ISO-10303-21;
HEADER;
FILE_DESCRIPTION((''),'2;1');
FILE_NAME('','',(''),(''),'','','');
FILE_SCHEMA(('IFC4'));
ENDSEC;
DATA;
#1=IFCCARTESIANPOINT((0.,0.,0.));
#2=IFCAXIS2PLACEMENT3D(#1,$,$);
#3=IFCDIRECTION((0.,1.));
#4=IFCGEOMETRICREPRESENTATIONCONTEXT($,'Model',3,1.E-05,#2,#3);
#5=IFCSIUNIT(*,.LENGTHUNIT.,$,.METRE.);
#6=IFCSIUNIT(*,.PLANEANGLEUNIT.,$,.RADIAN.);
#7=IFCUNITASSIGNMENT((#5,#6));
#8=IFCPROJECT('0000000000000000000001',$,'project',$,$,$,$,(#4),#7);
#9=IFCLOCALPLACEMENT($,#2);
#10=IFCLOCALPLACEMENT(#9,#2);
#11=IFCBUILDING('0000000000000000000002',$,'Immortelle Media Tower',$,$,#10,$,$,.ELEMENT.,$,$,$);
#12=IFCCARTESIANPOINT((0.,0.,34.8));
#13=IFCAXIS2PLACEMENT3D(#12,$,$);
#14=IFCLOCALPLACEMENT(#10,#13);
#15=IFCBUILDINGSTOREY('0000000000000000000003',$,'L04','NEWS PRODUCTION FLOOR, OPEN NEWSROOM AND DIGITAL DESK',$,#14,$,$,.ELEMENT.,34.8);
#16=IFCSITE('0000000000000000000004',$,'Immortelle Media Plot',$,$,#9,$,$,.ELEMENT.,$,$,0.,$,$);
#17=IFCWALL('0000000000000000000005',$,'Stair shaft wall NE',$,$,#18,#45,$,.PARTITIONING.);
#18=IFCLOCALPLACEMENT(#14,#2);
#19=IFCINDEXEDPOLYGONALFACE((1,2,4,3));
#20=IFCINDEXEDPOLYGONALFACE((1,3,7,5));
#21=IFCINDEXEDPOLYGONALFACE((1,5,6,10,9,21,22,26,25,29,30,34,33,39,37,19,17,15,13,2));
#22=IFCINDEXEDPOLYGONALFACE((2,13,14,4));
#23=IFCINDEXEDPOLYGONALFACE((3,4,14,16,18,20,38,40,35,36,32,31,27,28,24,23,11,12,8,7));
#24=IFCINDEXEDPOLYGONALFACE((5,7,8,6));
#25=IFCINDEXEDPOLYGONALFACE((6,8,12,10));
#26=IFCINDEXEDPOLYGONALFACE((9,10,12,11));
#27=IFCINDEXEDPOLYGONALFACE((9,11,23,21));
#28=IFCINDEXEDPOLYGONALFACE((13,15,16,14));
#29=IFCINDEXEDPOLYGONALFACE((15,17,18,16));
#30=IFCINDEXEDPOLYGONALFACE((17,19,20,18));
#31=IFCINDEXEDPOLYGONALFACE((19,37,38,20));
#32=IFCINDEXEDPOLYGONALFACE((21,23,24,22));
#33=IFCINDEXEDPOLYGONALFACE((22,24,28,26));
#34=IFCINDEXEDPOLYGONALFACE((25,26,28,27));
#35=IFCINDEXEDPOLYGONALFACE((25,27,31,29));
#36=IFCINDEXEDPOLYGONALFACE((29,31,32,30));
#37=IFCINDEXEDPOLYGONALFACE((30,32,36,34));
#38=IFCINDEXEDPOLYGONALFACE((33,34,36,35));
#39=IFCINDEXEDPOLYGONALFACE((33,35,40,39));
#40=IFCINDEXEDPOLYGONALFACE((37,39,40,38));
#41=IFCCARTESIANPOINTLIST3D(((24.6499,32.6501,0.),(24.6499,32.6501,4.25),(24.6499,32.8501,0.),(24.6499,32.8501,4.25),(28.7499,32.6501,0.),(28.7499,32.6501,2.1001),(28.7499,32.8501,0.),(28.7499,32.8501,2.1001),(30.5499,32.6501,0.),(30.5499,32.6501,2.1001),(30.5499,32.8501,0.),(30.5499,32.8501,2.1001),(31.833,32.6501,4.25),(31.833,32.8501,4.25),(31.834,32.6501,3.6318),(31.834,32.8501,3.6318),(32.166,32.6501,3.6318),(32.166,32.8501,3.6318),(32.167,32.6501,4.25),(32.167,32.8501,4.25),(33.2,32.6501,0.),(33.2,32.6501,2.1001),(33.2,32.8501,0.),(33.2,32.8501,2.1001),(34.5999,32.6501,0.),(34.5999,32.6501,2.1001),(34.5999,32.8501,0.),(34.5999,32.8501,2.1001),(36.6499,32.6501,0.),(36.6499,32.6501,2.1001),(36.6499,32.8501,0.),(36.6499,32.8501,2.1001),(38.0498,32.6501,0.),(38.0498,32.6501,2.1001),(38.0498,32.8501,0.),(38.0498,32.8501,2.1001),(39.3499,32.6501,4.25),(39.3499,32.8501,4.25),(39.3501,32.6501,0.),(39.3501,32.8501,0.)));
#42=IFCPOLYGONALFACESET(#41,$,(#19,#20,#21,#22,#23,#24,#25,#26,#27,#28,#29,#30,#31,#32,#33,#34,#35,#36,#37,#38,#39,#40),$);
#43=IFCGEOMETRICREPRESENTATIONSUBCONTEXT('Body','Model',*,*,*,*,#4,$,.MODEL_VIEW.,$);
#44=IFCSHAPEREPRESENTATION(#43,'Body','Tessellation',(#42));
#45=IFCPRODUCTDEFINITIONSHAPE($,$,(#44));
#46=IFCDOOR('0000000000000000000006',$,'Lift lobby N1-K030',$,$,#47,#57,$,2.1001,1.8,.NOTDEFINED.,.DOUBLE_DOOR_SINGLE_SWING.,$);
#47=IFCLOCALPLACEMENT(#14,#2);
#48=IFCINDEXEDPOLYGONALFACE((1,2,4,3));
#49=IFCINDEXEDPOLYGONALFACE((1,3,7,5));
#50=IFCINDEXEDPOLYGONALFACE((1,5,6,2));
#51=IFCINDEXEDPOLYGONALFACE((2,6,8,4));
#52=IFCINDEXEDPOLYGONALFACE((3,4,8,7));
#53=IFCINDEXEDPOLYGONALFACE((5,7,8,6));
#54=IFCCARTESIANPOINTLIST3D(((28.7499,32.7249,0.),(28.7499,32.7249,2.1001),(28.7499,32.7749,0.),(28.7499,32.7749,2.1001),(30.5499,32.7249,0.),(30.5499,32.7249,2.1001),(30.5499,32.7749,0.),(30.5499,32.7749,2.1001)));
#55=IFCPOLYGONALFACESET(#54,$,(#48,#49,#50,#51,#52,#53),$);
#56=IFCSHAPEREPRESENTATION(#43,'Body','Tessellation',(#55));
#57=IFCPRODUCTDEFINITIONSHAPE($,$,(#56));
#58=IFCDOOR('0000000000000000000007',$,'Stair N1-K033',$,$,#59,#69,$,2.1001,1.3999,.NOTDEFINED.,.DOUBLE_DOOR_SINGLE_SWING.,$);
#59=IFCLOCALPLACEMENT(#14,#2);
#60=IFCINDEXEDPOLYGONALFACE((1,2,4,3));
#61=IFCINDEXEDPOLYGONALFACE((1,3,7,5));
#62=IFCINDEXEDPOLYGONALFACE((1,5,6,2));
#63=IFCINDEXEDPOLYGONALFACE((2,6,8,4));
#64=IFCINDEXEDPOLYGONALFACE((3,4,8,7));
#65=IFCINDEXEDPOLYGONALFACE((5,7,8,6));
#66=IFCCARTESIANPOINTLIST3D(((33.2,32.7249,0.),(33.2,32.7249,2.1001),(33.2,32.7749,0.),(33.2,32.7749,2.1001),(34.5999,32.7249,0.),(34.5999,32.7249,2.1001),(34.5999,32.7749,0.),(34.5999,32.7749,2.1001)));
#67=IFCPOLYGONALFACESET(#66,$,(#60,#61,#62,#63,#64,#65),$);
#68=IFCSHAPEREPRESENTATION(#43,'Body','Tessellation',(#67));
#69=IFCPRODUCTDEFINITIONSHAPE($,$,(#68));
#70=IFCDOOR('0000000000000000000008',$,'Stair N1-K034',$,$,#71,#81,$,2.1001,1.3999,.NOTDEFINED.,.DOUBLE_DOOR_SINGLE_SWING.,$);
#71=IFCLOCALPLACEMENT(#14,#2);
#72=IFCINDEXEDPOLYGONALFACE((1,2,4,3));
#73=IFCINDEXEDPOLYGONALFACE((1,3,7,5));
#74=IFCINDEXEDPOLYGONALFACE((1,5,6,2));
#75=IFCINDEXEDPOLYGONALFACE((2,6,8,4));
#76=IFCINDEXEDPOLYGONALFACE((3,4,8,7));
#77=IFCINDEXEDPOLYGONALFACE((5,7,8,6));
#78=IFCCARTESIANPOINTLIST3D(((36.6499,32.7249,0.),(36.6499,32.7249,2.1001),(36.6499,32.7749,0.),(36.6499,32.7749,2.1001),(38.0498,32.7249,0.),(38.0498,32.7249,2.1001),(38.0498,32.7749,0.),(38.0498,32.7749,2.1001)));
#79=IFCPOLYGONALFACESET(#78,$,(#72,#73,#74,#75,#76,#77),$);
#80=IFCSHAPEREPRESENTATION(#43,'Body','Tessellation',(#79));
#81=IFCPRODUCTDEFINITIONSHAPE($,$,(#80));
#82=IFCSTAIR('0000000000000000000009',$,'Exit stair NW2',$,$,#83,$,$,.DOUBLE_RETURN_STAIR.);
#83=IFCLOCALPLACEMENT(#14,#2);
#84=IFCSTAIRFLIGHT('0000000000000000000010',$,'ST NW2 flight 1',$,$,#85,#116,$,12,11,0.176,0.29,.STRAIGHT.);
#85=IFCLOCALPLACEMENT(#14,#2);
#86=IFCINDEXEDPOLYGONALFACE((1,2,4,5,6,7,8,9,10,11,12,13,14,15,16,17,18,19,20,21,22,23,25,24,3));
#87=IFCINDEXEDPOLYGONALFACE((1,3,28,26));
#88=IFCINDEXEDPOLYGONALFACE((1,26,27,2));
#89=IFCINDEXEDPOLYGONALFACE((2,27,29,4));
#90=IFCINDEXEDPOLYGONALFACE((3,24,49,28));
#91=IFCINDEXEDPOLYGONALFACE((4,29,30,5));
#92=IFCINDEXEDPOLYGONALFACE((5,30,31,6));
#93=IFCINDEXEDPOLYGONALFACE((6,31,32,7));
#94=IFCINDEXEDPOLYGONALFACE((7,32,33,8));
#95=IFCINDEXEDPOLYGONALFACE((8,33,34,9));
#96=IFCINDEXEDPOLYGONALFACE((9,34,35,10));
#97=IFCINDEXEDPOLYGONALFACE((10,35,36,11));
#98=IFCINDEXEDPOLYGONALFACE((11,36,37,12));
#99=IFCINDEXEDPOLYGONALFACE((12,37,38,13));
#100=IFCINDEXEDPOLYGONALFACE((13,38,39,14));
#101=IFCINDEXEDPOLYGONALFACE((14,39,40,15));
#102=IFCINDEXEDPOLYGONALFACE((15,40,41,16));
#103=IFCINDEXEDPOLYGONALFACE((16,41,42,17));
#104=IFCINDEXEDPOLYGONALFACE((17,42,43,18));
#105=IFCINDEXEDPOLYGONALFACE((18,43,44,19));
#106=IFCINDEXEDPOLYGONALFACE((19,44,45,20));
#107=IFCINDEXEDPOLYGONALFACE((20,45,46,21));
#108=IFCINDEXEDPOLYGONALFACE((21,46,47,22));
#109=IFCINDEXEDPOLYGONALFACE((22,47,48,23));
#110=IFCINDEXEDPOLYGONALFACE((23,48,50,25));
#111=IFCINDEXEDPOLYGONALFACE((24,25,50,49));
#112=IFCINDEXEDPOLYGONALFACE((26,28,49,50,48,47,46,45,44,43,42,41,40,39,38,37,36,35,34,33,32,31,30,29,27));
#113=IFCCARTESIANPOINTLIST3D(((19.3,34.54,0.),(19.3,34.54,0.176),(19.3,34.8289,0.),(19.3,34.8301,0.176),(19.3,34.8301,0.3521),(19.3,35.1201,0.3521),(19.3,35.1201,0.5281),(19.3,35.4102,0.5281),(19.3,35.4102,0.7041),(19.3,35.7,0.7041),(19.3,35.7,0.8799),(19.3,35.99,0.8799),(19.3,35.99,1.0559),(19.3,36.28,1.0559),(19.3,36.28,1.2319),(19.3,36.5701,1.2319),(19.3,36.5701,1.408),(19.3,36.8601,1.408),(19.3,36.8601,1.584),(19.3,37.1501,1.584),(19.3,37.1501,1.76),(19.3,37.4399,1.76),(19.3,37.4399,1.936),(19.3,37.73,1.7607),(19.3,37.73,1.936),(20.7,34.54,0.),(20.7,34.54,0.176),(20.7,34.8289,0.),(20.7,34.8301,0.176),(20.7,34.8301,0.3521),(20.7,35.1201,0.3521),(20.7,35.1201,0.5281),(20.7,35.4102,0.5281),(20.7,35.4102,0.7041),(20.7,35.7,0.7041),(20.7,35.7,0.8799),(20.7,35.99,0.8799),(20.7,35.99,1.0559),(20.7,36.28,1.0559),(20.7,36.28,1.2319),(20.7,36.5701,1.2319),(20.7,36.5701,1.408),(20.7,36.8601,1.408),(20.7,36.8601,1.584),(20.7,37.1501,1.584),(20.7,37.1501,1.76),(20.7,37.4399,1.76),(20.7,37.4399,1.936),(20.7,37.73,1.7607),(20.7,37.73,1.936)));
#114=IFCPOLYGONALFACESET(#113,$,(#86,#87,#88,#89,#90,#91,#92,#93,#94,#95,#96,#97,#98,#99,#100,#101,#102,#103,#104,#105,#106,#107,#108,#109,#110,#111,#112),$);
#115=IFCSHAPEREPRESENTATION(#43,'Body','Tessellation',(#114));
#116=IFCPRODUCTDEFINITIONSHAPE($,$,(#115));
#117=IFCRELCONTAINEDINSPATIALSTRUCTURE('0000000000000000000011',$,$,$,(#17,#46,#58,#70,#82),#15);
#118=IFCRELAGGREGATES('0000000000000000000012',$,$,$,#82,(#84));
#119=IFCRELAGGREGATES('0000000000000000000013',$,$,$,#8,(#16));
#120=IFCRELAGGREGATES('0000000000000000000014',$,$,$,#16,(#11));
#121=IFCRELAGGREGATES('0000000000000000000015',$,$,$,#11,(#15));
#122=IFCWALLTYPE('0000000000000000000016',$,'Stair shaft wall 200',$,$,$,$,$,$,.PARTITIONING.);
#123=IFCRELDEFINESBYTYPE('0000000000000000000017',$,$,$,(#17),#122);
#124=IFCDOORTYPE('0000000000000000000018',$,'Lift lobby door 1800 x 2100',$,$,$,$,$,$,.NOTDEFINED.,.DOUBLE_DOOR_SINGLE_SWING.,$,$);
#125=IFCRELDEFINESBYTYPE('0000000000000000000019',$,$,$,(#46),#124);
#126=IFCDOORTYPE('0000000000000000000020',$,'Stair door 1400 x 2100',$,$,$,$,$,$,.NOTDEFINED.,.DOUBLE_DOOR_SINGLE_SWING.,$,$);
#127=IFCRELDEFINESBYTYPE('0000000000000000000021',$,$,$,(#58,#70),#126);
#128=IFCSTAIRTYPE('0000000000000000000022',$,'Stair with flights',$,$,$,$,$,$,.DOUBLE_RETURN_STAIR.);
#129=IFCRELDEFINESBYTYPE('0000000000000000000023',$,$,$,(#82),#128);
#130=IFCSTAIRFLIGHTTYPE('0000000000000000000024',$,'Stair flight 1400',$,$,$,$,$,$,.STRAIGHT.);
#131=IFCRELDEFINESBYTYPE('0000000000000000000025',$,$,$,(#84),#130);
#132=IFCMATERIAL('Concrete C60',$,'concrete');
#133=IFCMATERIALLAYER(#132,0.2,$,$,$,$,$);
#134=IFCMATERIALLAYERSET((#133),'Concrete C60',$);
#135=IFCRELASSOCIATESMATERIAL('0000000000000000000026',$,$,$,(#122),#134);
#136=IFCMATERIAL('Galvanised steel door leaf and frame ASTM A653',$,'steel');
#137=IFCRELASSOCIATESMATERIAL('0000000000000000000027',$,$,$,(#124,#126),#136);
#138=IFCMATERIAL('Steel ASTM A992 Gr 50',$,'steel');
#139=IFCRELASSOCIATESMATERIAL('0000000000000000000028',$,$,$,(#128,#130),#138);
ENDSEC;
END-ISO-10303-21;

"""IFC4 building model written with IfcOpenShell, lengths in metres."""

from ifc_helpers import new_model, si_unit, direction, frame, frame_2d, origin, place, context, subcontext, project, spatial, polyline, rectangle, outline, extrude, material, layer, layer_set, type_object, element, fill, aggregate, save


model = new_model("IFC4")

# Units and contexts
model_context = context("Model", 3, precision=1e-05, world=origin(), true_north=direction((0.0, 1.0)))
body_context = subcontext(model_context, "Body", "Model", "MODEL_VIEW")
ifc_project = project(units=[si_unit("LENGTHUNIT", "METRE"), si_unit("PLANEANGLEUNIT", "RADIAN")], contexts=[model_context])

# Site, building, storey
site_placement = place(None, origin())
site = spatial("IfcSite", under=ifc_project, at=site_placement, Name="Immortelle Media Plot", CompositionType="ELEMENT", RefElevation=0.0)
building_placement = place(site_placement, origin())
building = spatial("IfcBuilding", under=site, at=building_placement, Name="Immortelle Media Tower", CompositionType="ELEMENT")
storey_placement = place(building_placement, frame((0.0, 0.0, 34.8)))
storey = spatial("IfcBuildingStorey", under=building, at=storey_placement, Name="L04", Description="NEWS PRODUCTION FLOOR, OPEN NEWSROOM AND DIGITAL DESK", CompositionType="ELEMENT", Elevation=34.8)

# Shared definitions
ifc_material_1 = material(Name="Steel ASTM A992 Gr 50", Category="steel")

# Shared definitions
ifc_material_2 = material(Name="Concrete C60", Category="concrete")
ifc_layer_1 = layer(ifc_material_2, 0.2)
ifc_layer_set_1 = layer_set([ifc_layer_1], Name="Concrete C60")
wall_type_1 = type_object("IfcWallType", Name="Stair shaft wall 200", PredefinedType="PARTITIONING", material=ifc_layer_set_1)

# Wall, openings, doors
wall_1_placement = place(storey_placement, frame((24.6499, 32.75, 0.0), z_axis=(0.0, 0.0, 1.0), x_axis=(1.0, 0.0, 0.0)))
wall_1 = element("IfcWall", 1, at=wall_1_placement, inside=storey, type_object=wall_type_1, Name="Stair shaft wall NE", PredefinedType="PARTITIONING", context=body_context, shape_type="SweptSolid", body=[
    extrude(outline(polyline([(0.0, 0.0), (14.7002, 0.0), (14.7, 4.25), (7.5171, 4.25), (7.5161, 3.6318), (7.1841, 3.6318), (7.1831, 4.25), (0.0, 4.25), (0.0, 0.0)])), frame((0.0, 0.1001, 0.0), z_axis=(0.0, -1.0, 0.0), x_axis=(1.0, 0.0, 0.0)), (0.0, 0.0, 1.0), 0.2),
])
opening_1_placement = place(wall_1_placement, frame((4.1001, 0.0, 0.0)))
opening_1 = element("IfcOpeningElement", 2, at=opening_1_placement, cuts=wall_1, PredefinedType="OPENING", context=body_context, shape_type="SweptSolid", body=[
    extrude(rectangle(XDim=1.8, YDim=2.1001, at=frame_2d((0.8999, 1.05))), frame((0.0, 0.1099, 0.0), z_axis=(0.0, -1.0, 0.0), x_axis=(1.0, 0.0, 0.0)), (0.0, 0.0, 1.0), 0.22),
])
opening_2_placement = place(wall_1_placement, frame((8.55, 0.0, 0.0)))
opening_2 = element("IfcOpeningElement", 3, at=opening_2_placement, cuts=wall_1, PredefinedType="OPENING", context=body_context, shape_type="SweptSolid", body=[
    extrude(rectangle(XDim=1.3999, YDim=2.1001, at=frame_2d((0.7, 1.05))), frame((0.0, 0.1099, 0.0), z_axis=(0.0, -1.0, 0.0), x_axis=(1.0, 0.0, 0.0)), (0.0, 0.0, 1.0), 0.22),
])
opening_3_placement = place(wall_1_placement, frame((12.0, 0.0, 0.0)))
opening_3 = element("IfcOpeningElement", 4, at=opening_3_placement, cuts=wall_1, PredefinedType="OPENING", context=body_context, shape_type="SweptSolid", body=[
    extrude(rectangle(XDim=1.3999, YDim=2.1001, at=frame_2d((0.7, 1.05))), frame((0.0, 0.1099, 0.0), z_axis=(0.0, -1.0, 0.0), x_axis=(1.0, 0.0, 0.0)), (0.0, 0.0, 1.0), 0.22),
])
ifc_material_3 = material(Name="Galvanised steel door leaf and frame ASTM A653", Category="steel")
door_type_1 = type_object("IfcDoorType", Name="Lift lobby door 1800 x 2100", OperationType="DOUBLE_DOOR_SINGLE_SWING", PredefinedType="NOTDEFINED", material=ifc_material_3)
door_1_placement = place(opening_1_placement, origin())
door_1 = element("IfcDoor", 5, at=door_1_placement, inside=storey, type_object=door_type_1, Name="Lift lobby N1-K030", OperationType="DOUBLE_DOOR_SINGLE_SWING", OverallHeight=2.1001, OverallWidth=1.8, PredefinedType="NOTDEFINED", context=body_context, shape_type="SweptSolid", body=[
    extrude(rectangle(XDim=1.8, YDim=2.1001, at=frame_2d((0.8999, 1.05))), frame((0.0, 0.0249, 0.0), z_axis=(0.0, -1.0, 0.0), x_axis=(1.0, 0.0, 0.0)), (0.0, 0.0, 1.0), 0.05),
])
fill(opening_1, door_1)
door_type_2 = type_object("IfcDoorType", Name="Stair door 1400 x 2100", OperationType="DOUBLE_DOOR_SINGLE_SWING", PredefinedType="NOTDEFINED", material=ifc_material_3)
door_2_placement = place(opening_2_placement, origin())
door_2 = element("IfcDoor", 6, at=door_2_placement, inside=storey, type_object=door_type_2, Name="Stair N1-K033", OperationType="DOUBLE_DOOR_SINGLE_SWING", OverallHeight=2.1001, OverallWidth=1.3999, PredefinedType="NOTDEFINED", context=body_context, shape_type="SweptSolid", body=[
    extrude(rectangle(XDim=1.3999, YDim=2.1001, at=frame_2d((0.7, 1.05))), frame((0.0, 0.0249, 0.0), z_axis=(0.0, -1.0, 0.0), x_axis=(1.0, 0.0, 0.0)), (0.0, 0.0, 1.0), 0.05),
])
fill(opening_2, door_2)
door_3_placement = place(opening_3_placement, origin())
door_3 = element("IfcDoor", 7, at=door_3_placement, inside=storey, type_object=door_type_2, Name="Stair N1-K034", OperationType="DOUBLE_DOOR_SINGLE_SWING", OverallHeight=2.1001, OverallWidth=1.3999, PredefinedType="NOTDEFINED", context=body_context, shape_type="SweptSolid", body=[
    extrude(rectangle(XDim=1.3999, YDim=2.1001, at=frame_2d((0.7, 1.05))), frame((0.0, 0.0249, 0.0), z_axis=(0.0, -1.0, 0.0), x_axis=(1.0, 0.0, 0.0)), (0.0, 0.0, 1.0), 0.05),
])
fill(opening_3, door_3)

# Stair, stair flight
stair_type = type_object("IfcStairType", Name="Stair with flights", PredefinedType="DOUBLE_RETURN_STAIR", material=ifc_material_1)
stair_placement = place(storey_placement, origin())
stair = element("IfcStair", 8, at=stair_placement, inside=storey, type_object=stair_type, Name="Exit stair NW2", PredefinedType="DOUBLE_RETURN_STAIR")
stair_flight_type = type_object("IfcStairFlightType", Name="Stair flight 1400", PredefinedType="STRAIGHT", material=ifc_material_1)
stair_flight_placement = place(storey_placement, frame((20.0, 34.54, 0.0), z_axis=(0.0, 0.0, 1.0), x_axis=(0.0, 1.0, 0.0)))
stair_flight = element("IfcStairFlight", 9, at=stair_flight_placement, type_object=stair_flight_type, Name="ST NW2 flight 1", NumberOfRisers=12, NumberOfTreads=11, PredefinedType="STRAIGHT", RiserHeight=0.176, TreadLength=0.29, context=body_context, shape_type="SweptSolid", body=[
    extrude(outline(polyline([(0.0, 0.0), (0.0, 0.176), (0.29, 0.176), (0.29, 0.3521), (0.5801, 0.3521), (0.5801, 0.5281), (0.8701, 0.5281), (0.8701, 0.7041), (1.1599, 0.7041), (1.1599, 0.8799), (1.45, 0.8799), (1.45, 1.0559), (1.74, 1.0559), (1.74, 1.2319), (2.03, 1.2319), (2.03, 1.408), (2.3201, 1.408), (2.3201, 1.584), (2.6101, 1.584), (2.6101, 1.76), (2.8999, 1.76), (2.8999, 1.936), (3.1899, 1.936), (3.1899, 2.1121), (3.1899, 1.7607), (0.2888, 0.0), (0.0, 0.0)])), frame((0.0, 0.7, 0.0), z_axis=(0.0, -1.0, 0.0), x_axis=(1.0, 0.0, 0.0)), (0.0, 0.0, 1.0), 1.3999),
])
aggregate(stair, [stair_flight])

save(model, "model.ifc")
